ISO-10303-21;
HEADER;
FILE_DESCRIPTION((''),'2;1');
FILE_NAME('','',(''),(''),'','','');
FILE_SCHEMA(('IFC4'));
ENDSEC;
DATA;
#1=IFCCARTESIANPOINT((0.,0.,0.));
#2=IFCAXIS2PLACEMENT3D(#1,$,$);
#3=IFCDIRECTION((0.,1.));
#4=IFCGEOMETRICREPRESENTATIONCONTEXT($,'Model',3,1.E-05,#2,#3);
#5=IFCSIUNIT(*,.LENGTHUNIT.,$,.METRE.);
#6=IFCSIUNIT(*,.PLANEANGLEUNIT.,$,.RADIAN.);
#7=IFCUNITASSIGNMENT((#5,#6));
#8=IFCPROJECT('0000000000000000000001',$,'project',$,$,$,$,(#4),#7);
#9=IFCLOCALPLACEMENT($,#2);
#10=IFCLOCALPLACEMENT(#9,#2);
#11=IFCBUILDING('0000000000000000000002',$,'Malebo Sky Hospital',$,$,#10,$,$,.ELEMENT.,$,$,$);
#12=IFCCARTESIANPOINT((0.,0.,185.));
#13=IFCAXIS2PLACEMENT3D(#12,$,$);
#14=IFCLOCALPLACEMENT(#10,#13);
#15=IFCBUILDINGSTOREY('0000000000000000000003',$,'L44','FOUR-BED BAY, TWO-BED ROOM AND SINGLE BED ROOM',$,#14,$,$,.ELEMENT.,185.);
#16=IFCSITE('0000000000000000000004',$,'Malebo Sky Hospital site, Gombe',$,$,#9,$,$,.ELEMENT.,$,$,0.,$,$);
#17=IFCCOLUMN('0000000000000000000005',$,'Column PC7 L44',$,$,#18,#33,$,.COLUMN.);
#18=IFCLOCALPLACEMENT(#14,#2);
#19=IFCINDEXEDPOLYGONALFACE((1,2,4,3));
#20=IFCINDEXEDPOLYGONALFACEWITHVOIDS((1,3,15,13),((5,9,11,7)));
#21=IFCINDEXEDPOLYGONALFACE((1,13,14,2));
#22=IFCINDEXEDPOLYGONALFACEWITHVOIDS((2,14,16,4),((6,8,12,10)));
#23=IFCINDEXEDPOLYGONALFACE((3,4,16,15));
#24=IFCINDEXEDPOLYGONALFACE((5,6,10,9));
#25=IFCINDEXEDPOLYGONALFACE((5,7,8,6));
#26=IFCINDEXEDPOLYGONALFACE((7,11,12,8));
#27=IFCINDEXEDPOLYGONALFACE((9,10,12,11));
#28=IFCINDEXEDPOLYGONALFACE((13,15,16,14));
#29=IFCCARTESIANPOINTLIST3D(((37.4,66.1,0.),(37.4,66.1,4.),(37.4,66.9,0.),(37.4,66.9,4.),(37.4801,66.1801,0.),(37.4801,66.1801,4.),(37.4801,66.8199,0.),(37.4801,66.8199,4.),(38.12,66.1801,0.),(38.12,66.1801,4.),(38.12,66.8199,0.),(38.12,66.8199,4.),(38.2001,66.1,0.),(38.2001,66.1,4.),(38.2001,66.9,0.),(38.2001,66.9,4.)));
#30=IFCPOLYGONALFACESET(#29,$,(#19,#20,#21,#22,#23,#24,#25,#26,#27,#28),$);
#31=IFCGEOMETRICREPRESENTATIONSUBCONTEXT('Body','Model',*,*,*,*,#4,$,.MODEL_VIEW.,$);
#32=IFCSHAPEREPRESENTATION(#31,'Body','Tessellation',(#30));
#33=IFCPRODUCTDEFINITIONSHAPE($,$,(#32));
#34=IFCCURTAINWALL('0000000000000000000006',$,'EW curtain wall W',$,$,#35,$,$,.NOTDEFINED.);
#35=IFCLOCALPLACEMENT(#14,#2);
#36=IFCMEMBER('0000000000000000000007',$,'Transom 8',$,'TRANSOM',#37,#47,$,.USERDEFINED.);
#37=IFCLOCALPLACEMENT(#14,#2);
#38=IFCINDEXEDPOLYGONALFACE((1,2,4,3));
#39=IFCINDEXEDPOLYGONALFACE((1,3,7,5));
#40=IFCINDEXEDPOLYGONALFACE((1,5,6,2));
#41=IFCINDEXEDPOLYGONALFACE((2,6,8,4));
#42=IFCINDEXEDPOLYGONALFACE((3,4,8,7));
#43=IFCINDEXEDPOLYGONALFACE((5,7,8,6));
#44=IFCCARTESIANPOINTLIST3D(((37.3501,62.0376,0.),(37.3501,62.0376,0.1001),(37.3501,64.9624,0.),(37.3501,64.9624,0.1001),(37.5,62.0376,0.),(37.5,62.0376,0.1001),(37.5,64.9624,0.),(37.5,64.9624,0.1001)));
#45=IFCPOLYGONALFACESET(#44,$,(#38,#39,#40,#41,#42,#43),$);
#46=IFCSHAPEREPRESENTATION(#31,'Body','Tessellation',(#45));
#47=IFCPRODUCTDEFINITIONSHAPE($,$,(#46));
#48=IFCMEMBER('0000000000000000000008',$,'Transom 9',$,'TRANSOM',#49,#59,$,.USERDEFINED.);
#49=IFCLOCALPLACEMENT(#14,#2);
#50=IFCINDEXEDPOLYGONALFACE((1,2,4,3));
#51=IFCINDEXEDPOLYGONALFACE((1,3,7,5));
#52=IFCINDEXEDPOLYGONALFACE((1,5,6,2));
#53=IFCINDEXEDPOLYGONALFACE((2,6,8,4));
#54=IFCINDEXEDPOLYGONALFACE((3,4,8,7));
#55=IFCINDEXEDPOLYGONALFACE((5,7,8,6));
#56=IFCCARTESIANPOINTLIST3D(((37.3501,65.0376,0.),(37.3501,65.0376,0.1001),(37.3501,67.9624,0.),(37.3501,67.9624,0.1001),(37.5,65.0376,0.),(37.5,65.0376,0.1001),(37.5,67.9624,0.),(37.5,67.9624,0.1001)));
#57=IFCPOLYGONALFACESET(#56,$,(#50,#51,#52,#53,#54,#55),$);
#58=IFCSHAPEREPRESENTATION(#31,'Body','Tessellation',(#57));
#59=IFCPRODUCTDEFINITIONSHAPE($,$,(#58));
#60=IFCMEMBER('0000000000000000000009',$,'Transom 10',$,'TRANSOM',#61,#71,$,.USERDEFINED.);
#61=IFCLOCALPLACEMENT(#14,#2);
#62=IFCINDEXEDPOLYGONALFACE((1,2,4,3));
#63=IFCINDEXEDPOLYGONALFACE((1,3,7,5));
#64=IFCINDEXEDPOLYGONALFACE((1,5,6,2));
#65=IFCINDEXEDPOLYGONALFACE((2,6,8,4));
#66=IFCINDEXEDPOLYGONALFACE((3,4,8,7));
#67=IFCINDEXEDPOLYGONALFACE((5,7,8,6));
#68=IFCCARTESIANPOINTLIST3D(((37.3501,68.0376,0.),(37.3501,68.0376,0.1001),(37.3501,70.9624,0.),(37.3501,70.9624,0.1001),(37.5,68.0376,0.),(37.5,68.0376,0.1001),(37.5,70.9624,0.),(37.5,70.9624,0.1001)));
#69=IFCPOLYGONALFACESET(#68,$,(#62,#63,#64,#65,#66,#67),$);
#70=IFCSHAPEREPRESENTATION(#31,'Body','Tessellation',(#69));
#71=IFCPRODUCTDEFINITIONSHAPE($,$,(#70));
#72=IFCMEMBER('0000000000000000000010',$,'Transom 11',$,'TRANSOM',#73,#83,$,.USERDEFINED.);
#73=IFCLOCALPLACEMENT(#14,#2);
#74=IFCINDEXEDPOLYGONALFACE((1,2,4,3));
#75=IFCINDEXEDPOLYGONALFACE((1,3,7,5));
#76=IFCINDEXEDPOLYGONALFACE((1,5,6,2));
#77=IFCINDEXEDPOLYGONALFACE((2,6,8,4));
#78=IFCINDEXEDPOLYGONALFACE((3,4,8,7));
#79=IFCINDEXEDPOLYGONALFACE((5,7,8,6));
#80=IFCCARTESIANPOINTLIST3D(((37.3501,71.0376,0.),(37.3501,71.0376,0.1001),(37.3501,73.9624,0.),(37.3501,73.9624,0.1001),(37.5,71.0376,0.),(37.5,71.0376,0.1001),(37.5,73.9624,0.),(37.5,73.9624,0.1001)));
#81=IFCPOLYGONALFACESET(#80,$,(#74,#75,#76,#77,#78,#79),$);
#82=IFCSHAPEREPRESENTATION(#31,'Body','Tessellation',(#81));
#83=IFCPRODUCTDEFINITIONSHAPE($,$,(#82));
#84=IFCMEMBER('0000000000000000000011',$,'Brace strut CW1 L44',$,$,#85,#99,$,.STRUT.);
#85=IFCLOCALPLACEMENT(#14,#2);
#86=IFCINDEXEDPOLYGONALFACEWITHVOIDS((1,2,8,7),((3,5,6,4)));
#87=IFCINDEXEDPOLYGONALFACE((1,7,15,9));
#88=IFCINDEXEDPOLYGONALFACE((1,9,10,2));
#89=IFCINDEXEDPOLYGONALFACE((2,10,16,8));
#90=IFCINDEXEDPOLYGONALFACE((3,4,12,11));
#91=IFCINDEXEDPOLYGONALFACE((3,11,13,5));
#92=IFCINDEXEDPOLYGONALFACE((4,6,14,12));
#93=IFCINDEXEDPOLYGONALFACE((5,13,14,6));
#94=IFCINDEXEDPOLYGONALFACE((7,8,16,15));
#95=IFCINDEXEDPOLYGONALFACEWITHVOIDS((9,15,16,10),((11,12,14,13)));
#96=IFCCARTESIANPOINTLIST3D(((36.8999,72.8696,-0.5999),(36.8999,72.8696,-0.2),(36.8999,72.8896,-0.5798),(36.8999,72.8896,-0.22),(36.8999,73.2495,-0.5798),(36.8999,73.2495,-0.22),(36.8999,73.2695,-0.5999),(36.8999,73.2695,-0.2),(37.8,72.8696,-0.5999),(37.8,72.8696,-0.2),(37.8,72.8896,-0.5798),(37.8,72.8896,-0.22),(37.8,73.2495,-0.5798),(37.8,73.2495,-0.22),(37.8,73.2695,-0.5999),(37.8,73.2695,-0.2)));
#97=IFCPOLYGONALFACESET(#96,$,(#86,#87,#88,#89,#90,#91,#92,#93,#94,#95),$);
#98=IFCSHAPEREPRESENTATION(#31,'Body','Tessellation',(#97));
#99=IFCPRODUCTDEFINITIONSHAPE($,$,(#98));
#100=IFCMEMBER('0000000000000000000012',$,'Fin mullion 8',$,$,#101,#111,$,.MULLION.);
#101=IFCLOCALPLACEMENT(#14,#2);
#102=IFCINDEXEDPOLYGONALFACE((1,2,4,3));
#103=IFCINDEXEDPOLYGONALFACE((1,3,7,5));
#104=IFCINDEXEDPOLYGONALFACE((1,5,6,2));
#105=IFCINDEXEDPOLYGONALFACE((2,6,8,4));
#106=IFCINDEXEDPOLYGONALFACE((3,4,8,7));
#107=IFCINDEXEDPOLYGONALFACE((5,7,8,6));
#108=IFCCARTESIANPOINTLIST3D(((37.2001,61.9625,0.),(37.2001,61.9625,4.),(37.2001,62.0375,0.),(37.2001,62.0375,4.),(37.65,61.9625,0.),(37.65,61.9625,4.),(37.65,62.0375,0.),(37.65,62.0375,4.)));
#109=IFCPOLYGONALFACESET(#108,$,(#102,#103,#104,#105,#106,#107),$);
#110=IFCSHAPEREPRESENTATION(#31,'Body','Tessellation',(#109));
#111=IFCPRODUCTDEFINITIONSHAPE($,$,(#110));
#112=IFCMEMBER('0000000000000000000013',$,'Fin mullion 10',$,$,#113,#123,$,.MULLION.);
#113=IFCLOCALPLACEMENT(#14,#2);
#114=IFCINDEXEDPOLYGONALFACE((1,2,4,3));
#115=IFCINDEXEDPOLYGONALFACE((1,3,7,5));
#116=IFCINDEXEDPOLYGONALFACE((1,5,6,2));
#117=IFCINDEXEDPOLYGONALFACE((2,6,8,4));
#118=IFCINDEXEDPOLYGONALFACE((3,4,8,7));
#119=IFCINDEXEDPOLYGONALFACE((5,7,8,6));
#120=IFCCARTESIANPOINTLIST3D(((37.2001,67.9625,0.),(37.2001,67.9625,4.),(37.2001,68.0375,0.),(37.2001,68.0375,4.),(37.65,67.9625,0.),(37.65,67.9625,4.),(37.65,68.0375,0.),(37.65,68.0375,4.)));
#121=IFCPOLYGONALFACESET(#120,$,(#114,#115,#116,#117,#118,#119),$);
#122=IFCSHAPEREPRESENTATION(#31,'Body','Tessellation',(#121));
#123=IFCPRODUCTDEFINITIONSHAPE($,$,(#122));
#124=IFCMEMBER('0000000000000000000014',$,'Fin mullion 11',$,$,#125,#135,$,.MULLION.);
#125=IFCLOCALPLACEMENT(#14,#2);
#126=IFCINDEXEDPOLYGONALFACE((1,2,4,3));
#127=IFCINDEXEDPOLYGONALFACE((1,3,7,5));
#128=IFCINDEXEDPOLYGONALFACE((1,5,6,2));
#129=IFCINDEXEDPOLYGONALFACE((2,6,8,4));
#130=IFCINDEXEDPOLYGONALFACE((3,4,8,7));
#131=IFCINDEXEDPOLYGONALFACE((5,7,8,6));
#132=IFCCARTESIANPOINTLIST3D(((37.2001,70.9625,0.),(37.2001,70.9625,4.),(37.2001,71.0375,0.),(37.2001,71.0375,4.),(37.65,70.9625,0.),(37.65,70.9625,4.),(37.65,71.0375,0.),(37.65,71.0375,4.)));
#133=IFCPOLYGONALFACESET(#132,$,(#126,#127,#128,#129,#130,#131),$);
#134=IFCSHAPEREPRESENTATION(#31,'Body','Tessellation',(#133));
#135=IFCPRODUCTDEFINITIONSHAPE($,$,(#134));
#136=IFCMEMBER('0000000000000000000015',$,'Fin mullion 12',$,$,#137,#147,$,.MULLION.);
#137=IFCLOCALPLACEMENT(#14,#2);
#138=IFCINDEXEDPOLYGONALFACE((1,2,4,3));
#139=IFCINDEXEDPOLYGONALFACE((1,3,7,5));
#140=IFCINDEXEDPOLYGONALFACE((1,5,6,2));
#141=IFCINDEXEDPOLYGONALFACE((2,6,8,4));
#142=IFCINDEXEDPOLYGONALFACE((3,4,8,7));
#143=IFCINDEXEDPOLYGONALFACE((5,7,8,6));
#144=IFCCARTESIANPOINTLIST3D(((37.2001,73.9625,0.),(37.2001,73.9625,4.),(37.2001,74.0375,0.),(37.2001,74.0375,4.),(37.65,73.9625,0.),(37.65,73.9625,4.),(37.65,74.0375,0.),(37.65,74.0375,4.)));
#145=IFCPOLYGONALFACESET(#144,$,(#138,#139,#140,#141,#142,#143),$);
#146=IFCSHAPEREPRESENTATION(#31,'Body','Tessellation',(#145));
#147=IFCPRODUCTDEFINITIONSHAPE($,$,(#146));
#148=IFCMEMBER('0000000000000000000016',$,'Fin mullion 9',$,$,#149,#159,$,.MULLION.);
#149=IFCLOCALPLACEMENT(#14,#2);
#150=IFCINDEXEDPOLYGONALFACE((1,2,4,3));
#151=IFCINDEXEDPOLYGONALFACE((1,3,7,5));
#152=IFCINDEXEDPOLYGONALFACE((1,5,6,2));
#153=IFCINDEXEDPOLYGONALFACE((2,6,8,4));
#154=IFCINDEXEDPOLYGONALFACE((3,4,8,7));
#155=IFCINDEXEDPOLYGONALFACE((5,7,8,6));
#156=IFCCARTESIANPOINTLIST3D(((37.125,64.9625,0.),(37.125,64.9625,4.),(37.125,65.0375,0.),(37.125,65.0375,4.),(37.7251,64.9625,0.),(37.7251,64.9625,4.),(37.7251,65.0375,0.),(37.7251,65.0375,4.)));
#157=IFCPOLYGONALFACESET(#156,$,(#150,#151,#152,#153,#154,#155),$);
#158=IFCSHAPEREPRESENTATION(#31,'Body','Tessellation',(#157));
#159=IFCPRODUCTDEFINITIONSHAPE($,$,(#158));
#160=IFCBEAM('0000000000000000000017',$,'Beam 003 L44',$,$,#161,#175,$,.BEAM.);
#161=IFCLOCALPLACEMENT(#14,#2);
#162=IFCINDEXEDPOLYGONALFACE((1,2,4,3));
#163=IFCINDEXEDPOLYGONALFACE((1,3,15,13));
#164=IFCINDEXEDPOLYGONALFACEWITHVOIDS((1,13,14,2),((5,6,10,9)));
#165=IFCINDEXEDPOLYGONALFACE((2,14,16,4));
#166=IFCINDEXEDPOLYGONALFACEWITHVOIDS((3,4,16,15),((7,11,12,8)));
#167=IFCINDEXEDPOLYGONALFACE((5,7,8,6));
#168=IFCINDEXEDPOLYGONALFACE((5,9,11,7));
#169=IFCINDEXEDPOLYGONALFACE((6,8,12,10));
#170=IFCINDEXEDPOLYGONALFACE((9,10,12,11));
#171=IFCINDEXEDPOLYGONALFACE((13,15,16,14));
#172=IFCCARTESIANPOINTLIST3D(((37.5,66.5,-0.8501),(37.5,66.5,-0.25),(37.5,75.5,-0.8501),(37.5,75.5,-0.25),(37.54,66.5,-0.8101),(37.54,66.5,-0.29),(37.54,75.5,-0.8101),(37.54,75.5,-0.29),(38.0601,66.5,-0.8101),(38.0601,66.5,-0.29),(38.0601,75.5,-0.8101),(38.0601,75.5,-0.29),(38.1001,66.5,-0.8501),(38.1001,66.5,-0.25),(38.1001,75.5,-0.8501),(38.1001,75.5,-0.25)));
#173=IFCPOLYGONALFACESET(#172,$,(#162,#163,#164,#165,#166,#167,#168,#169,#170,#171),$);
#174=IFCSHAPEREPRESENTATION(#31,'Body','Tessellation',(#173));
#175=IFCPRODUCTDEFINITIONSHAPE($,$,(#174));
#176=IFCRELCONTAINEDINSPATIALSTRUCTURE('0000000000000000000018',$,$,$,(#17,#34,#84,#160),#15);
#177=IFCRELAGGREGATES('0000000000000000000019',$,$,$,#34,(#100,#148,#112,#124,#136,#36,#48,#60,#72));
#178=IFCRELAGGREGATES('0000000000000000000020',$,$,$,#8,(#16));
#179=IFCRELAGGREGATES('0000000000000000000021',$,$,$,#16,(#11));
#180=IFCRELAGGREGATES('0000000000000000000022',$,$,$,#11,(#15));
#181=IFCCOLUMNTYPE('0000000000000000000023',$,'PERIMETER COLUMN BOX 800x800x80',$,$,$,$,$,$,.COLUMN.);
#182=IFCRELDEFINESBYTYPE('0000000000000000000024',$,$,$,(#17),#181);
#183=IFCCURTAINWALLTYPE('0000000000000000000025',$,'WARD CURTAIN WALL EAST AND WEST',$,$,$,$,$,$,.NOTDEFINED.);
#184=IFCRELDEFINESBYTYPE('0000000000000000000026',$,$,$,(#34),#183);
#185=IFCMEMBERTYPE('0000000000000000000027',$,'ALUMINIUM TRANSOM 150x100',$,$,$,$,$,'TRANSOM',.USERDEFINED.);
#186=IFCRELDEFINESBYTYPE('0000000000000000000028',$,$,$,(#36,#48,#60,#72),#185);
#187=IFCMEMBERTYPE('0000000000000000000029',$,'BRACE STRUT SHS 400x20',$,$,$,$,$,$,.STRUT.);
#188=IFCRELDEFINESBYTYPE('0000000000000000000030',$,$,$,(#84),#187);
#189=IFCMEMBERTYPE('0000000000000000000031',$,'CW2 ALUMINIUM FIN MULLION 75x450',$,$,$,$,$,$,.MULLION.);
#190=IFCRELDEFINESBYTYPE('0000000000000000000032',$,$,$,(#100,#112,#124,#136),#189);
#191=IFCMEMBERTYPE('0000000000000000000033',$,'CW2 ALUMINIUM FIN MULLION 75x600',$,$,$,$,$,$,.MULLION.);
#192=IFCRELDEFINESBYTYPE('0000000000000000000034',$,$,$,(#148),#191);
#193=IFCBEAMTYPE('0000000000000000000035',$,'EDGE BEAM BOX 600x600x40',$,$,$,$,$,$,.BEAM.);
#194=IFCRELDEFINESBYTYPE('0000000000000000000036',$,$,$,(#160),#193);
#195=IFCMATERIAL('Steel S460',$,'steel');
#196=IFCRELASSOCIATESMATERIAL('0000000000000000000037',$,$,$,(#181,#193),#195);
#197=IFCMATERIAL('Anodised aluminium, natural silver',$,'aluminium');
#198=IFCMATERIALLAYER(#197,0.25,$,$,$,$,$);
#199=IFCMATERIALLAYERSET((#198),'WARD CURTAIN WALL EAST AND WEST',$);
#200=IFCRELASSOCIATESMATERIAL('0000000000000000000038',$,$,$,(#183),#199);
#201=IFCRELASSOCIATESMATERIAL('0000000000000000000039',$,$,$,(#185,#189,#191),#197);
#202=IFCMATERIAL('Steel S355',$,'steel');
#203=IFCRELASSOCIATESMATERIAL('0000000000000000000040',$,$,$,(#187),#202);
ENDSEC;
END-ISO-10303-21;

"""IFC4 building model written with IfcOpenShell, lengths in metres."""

from ifc_helpers import new_model, si_unit, direction, frame, origin, origin_2d, place, context, subcontext, project, spatial, rectangle, hollow_rectangle, extrude, material, layer, layer_set, material_profile, profile_set, type_object, element, aggregate, save


model = new_model("IFC4")

# Units and contexts
model_context = context("Model", 3, precision=1e-05, world=origin(), true_north=direction((0.0, 1.0)))
body_context = subcontext(model_context, "Body", "Model", "MODEL_VIEW")
ifc_project = project(units=[si_unit("LENGTHUNIT", "METRE"), si_unit("PLANEANGLEUNIT", "RADIAN")], contexts=[model_context])

# Site, building, storey
site_placement = place(None, origin())
site = spatial("IfcSite", under=ifc_project, at=site_placement, Name="Malebo Sky Hospital site, Gombe", CompositionType="ELEMENT", RefElevation=0.0)
building_placement = place(site_placement, origin())
building = spatial("IfcBuilding", under=site, at=building_placement, Name="Malebo Sky Hospital", CompositionType="ELEMENT")
storey_placement = place(building_placement, frame((0.0, 0.0, 185.0)))
storey = spatial("IfcBuildingStorey", under=building, at=storey_placement, Name="L44", Description="FOUR-BED BAY, TWO-BED ROOM AND SINGLE BED ROOM", CompositionType="ELEMENT", Elevation=185.0)

# Column
ifc_material_1 = material(Name="Steel S460", Category="steel")
ifc_material_profile_1 = material_profile(ifc_material_1, hollow_rectangle(XDim=0.8, YDim=0.8, WallThickness=0.0801, at=origin_2d()), Name="BOX 800x800x80")
ifc_profile_set_1 = profile_set([ifc_material_profile_1], Name="Steel S460")
column_type = type_object("IfcColumnType", Name="PERIMETER COLUMN BOX 800x800x80", PredefinedType="COLUMN", material=ifc_profile_set_1)
column_placement = place(storey_placement, frame((37.8, 66.5, 0.0), z_axis=(0.0, 0.0, 1.0), x_axis=(1.0, 0.0, 0.0)))
element("IfcColumn", 1, at=column_placement, inside=storey, type_object=column_type, Name="Column PC7 L44", PredefinedType="COLUMN", context=body_context, shape_type="SweptSolid", body=[
    extrude(hollow_rectangle(XDim=0.8, YDim=0.8, WallThickness=0.0801, at=origin_2d()), origin(), (0.0, 0.0, 1.0), 4.0),
])

# Curtain wall, members
ifc_material_2 = material(Name="Anodised aluminium, natural silver", Category="aluminium")
ifc_layer_1 = layer(ifc_material_2, 0.25)
ifc_layer_set_1 = layer_set([ifc_layer_1], Name="WARD CURTAIN WALL EAST AND WEST")
curtain_wall_type = type_object("IfcCurtainWallType", Name="WARD CURTAIN WALL EAST AND WEST", PredefinedType="NOTDEFINED", material=ifc_layer_set_1)
curtain_wall_placement = place(storey_placement, origin())
curtain_wall = element("IfcCurtainWall", 2, at=curtain_wall_placement, inside=storey, type_object=curtain_wall_type, Name="EW curtain wall W", PredefinedType="NOTDEFINED")
ifc_material_profile_2 = material_profile(ifc_material_2, rectangle(XDim=0.1499, YDim=0.1001, at=origin_2d()), Name="ALUMINIUM TRANSOM 150x100")
ifc_profile_set_2 = profile_set([ifc_material_profile_2], Name="Anodised aluminium, natural silver")
member_type_1 = type_object("IfcMemberType", Name="ALUMINIUM TRANSOM 150x100", ElementType="TRANSOM", PredefinedType="USERDEFINED", material=ifc_profile_set_2)
member_1_placement = place(storey_placement, frame((37.425, 62.0376, 0.05), z_axis=(0.0, 1.0, 0.0), x_axis=(-1.0, 0.0, 0.0)))
member_1 = element("IfcMember", 3, at=member_1_placement, type_object=member_type_1, Name="Transom 8", ObjectType="TRANSOM", PredefinedType="USERDEFINED", context=body_context, shape_type="SweptSolid", body=[
    extrude(rectangle(XDim=0.1499, YDim=0.1001, at=origin_2d()), origin(), (0.0, 0.0, 1.0), 2.9248),
])
member_2_placement = place(storey_placement, frame((37.425, 65.0376, 0.05), z_axis=(0.0, 1.0, 0.0), x_axis=(-1.0, 0.0, 0.0)))
member_2 = element("IfcMember", 4, at=member_2_placement, type_object=member_type_1, Name="Transom 9", ObjectType="TRANSOM", PredefinedType="USERDEFINED", context=body_context, shape_type="SweptSolid", body=[
    extrude(rectangle(XDim=0.1499, YDim=0.1001, at=origin_2d()), origin(), (0.0, 0.0, 1.0), 2.9248),
])
member_3_placement = place(storey_placement, frame((37.425, 68.0376, 0.05), z_axis=(0.0, 1.0, 0.0), x_axis=(-1.0, 0.0, 0.0)))
member_3 = element("IfcMember", 5, at=member_3_placement, type_object=member_type_1, Name="Transom 10", ObjectType="TRANSOM", PredefinedType="USERDEFINED", context=body_context, shape_type="SweptSolid", body=[
    extrude(rectangle(XDim=0.1499, YDim=0.1001, at=origin_2d()), origin(), (0.0, 0.0, 1.0), 2.9248),
])
member_4_placement = place(storey_placement, frame((37.425, 71.0376, 0.05), z_axis=(0.0, 1.0, 0.0), x_axis=(-1.0, 0.0, 0.0)))
member_4 = element("IfcMember", 6, at=member_4_placement, type_object=member_type_1, Name="Transom 11", ObjectType="TRANSOM", PredefinedType="USERDEFINED", context=body_context, shape_type="SweptSolid", body=[
    extrude(rectangle(XDim=0.1499, YDim=0.1001, at=origin_2d()), origin(), (0.0, 0.0, 1.0), 2.9248),
])

# Members
ifc_material_3 = material(Name="Steel S355", Category="steel")
ifc_material_profile_3 = material_profile(ifc_material_3, hollow_rectangle(XDim=0.3999, YDim=0.3999, WallThickness=0.02, at=origin_2d()), Name="SHS 400x20")
ifc_profile_set_3 = profile_set([ifc_material_profile_3], Name="Steel S355")
member_type_2 = type_object("IfcMemberType", Name="BRACE STRUT SHS 400x20", PredefinedType="STRUT", material=ifc_profile_set_3)
member_5_placement = place(storey_placement, frame((36.8999, 73.0696, -0.3999), z_axis=(1.0, 0.0, 0.0), x_axis=(0.0, 1.0, 0.0)))
element("IfcMember", 7, at=member_5_placement, inside=storey, type_object=member_type_2, Name="Brace strut CW1 L44", PredefinedType="STRUT", context=body_context, shape_type="SweptSolid", body=[
    extrude(hollow_rectangle(XDim=0.3999, YDim=0.3999, WallThickness=0.02, at=origin_2d()), origin(), (0.0, 0.0, 1.0), 0.9001),
])
ifc_material_profile_4 = material_profile(ifc_material_2, rectangle(XDim=0.075, YDim=0.45, at=origin_2d()), Name="CW2 ALUMINIUM FIN MULLION 75x450")
ifc_profile_set_4 = profile_set([ifc_material_profile_4], Name="Anodised aluminium, natural silver")
member_type_3 = type_object("IfcMemberType", Name="CW2 ALUMINIUM FIN MULLION 75x450", PredefinedType="MULLION", material=ifc_profile_set_4)
member_6_placement = place(storey_placement, frame((37.425, 62.0, 0.0), z_axis=(0.0, 0.0, 1.0), x_axis=(0.0, 1.0, 0.0)))
member_6 = element("IfcMember", 8, at=member_6_placement, type_object=member_type_3, Name="Fin mullion 8", PredefinedType="MULLION", context=body_context, shape_type="SweptSolid", body=[
    extrude(rectangle(XDim=0.075, YDim=0.45, at=origin_2d()), origin(), (0.0, 0.0, 1.0), 4.0),
])
member_7_placement = place(storey_placement, frame((37.425, 68.0, 0.0), z_axis=(0.0, 0.0, 1.0), x_axis=(0.0, 1.0, 0.0)))
member_7 = element("IfcMember", 9, at=member_7_placement, type_object=member_type_3, Name="Fin mullion 10", PredefinedType="MULLION", context=body_context, shape_type="SweptSolid", body=[
    extrude(rectangle(XDim=0.075, YDim=0.45, at=origin_2d()), origin(), (0.0, 0.0, 1.0), 4.0),
])
member_8_placement = place(storey_placement, frame((37.425, 71.0, 0.0), z_axis=(0.0, 0.0, 1.0), x_axis=(0.0, 1.0, 0.0)))
member_8 = element("IfcMember", 10, at=member_8_placement, type_object=member_type_3, Name="Fin mullion 11", PredefinedType="MULLION", context=body_context, shape_type="SweptSolid", body=[
    extrude(rectangle(XDim=0.075, YDim=0.45, at=origin_2d()), origin(), (0.0, 0.0, 1.0), 4.0),
])
member_9_placement = place(storey_placement, frame((37.425, 74.0, 0.0), z_axis=(0.0, 0.0, 1.0), x_axis=(0.0, 1.0, 0.0)))
member_9 = element("IfcMember", 11, at=member_9_placement, type_object=member_type_3, Name="Fin mullion 12", PredefinedType="MULLION", context=body_context, shape_type="SweptSolid", body=[
    extrude(rectangle(XDim=0.075, YDim=0.45, at=origin_2d()), origin(), (0.0, 0.0, 1.0), 4.0),
])
ifc_material_profile_5 = material_profile(ifc_material_2, rectangle(XDim=0.075, YDim=0.6001, at=origin_2d()), Name="CW2 ALUMINIUM FIN MULLION 75x600")
ifc_profile_set_5 = profile_set([ifc_material_profile_5], Name="Anodised aluminium, natural silver")
member_type_4 = type_object("IfcMemberType", Name="CW2 ALUMINIUM FIN MULLION 75x600", PredefinedType="MULLION", material=ifc_profile_set_5)
member_10_placement = place(storey_placement, frame((37.425, 65.0, 0.0), z_axis=(0.0, 0.0, 1.0), x_axis=(0.0, 1.0, 0.0)))
member_10 = element("IfcMember", 12, at=member_10_placement, type_object=member_type_4, Name="Fin mullion 9", PredefinedType="MULLION", context=body_context, shape_type="SweptSolid", body=[
    extrude(rectangle(XDim=0.075, YDim=0.6001, at=origin_2d()), origin(), (0.0, 0.0, 1.0), 4.0),
])

# Beam
ifc_material_profile_6 = material_profile(ifc_material_1, hollow_rectangle(XDim=0.6001, YDim=0.6001, WallThickness=0.04, at=origin_2d()), Name="BOX 600x600x40")
ifc_profile_set_6 = profile_set([ifc_material_profile_6], Name="Steel S460")
beam_type_1 = type_object("IfcBeamType", Name="EDGE BEAM BOX 600x600x40", PredefinedType="BEAM", material=ifc_profile_set_6)
beam_1_placement = place(storey_placement, frame((37.8, 66.5, -0.55), z_axis=(0.0, 1.0, 0.0), x_axis=(-1.0, 0.0, 0.0)))
element("IfcBeam", 13, at=beam_1_placement, inside=storey, type_object=beam_type_1, Name="Beam 003 L44", PredefinedType="BEAM", context=body_context, shape_type="SweptSolid", body=[
    extrude(hollow_rectangle(XDim=0.6001, YDim=0.6001, WallThickness=0.04, at=origin_2d()), origin(), (0.0, 0.0, 1.0), 9.0),
])

aggregate(curtain_wall, [member_6, member_10, member_7, member_8, member_9, member_1, member_2, member_3, member_4])

save(model, "model.ifc")
